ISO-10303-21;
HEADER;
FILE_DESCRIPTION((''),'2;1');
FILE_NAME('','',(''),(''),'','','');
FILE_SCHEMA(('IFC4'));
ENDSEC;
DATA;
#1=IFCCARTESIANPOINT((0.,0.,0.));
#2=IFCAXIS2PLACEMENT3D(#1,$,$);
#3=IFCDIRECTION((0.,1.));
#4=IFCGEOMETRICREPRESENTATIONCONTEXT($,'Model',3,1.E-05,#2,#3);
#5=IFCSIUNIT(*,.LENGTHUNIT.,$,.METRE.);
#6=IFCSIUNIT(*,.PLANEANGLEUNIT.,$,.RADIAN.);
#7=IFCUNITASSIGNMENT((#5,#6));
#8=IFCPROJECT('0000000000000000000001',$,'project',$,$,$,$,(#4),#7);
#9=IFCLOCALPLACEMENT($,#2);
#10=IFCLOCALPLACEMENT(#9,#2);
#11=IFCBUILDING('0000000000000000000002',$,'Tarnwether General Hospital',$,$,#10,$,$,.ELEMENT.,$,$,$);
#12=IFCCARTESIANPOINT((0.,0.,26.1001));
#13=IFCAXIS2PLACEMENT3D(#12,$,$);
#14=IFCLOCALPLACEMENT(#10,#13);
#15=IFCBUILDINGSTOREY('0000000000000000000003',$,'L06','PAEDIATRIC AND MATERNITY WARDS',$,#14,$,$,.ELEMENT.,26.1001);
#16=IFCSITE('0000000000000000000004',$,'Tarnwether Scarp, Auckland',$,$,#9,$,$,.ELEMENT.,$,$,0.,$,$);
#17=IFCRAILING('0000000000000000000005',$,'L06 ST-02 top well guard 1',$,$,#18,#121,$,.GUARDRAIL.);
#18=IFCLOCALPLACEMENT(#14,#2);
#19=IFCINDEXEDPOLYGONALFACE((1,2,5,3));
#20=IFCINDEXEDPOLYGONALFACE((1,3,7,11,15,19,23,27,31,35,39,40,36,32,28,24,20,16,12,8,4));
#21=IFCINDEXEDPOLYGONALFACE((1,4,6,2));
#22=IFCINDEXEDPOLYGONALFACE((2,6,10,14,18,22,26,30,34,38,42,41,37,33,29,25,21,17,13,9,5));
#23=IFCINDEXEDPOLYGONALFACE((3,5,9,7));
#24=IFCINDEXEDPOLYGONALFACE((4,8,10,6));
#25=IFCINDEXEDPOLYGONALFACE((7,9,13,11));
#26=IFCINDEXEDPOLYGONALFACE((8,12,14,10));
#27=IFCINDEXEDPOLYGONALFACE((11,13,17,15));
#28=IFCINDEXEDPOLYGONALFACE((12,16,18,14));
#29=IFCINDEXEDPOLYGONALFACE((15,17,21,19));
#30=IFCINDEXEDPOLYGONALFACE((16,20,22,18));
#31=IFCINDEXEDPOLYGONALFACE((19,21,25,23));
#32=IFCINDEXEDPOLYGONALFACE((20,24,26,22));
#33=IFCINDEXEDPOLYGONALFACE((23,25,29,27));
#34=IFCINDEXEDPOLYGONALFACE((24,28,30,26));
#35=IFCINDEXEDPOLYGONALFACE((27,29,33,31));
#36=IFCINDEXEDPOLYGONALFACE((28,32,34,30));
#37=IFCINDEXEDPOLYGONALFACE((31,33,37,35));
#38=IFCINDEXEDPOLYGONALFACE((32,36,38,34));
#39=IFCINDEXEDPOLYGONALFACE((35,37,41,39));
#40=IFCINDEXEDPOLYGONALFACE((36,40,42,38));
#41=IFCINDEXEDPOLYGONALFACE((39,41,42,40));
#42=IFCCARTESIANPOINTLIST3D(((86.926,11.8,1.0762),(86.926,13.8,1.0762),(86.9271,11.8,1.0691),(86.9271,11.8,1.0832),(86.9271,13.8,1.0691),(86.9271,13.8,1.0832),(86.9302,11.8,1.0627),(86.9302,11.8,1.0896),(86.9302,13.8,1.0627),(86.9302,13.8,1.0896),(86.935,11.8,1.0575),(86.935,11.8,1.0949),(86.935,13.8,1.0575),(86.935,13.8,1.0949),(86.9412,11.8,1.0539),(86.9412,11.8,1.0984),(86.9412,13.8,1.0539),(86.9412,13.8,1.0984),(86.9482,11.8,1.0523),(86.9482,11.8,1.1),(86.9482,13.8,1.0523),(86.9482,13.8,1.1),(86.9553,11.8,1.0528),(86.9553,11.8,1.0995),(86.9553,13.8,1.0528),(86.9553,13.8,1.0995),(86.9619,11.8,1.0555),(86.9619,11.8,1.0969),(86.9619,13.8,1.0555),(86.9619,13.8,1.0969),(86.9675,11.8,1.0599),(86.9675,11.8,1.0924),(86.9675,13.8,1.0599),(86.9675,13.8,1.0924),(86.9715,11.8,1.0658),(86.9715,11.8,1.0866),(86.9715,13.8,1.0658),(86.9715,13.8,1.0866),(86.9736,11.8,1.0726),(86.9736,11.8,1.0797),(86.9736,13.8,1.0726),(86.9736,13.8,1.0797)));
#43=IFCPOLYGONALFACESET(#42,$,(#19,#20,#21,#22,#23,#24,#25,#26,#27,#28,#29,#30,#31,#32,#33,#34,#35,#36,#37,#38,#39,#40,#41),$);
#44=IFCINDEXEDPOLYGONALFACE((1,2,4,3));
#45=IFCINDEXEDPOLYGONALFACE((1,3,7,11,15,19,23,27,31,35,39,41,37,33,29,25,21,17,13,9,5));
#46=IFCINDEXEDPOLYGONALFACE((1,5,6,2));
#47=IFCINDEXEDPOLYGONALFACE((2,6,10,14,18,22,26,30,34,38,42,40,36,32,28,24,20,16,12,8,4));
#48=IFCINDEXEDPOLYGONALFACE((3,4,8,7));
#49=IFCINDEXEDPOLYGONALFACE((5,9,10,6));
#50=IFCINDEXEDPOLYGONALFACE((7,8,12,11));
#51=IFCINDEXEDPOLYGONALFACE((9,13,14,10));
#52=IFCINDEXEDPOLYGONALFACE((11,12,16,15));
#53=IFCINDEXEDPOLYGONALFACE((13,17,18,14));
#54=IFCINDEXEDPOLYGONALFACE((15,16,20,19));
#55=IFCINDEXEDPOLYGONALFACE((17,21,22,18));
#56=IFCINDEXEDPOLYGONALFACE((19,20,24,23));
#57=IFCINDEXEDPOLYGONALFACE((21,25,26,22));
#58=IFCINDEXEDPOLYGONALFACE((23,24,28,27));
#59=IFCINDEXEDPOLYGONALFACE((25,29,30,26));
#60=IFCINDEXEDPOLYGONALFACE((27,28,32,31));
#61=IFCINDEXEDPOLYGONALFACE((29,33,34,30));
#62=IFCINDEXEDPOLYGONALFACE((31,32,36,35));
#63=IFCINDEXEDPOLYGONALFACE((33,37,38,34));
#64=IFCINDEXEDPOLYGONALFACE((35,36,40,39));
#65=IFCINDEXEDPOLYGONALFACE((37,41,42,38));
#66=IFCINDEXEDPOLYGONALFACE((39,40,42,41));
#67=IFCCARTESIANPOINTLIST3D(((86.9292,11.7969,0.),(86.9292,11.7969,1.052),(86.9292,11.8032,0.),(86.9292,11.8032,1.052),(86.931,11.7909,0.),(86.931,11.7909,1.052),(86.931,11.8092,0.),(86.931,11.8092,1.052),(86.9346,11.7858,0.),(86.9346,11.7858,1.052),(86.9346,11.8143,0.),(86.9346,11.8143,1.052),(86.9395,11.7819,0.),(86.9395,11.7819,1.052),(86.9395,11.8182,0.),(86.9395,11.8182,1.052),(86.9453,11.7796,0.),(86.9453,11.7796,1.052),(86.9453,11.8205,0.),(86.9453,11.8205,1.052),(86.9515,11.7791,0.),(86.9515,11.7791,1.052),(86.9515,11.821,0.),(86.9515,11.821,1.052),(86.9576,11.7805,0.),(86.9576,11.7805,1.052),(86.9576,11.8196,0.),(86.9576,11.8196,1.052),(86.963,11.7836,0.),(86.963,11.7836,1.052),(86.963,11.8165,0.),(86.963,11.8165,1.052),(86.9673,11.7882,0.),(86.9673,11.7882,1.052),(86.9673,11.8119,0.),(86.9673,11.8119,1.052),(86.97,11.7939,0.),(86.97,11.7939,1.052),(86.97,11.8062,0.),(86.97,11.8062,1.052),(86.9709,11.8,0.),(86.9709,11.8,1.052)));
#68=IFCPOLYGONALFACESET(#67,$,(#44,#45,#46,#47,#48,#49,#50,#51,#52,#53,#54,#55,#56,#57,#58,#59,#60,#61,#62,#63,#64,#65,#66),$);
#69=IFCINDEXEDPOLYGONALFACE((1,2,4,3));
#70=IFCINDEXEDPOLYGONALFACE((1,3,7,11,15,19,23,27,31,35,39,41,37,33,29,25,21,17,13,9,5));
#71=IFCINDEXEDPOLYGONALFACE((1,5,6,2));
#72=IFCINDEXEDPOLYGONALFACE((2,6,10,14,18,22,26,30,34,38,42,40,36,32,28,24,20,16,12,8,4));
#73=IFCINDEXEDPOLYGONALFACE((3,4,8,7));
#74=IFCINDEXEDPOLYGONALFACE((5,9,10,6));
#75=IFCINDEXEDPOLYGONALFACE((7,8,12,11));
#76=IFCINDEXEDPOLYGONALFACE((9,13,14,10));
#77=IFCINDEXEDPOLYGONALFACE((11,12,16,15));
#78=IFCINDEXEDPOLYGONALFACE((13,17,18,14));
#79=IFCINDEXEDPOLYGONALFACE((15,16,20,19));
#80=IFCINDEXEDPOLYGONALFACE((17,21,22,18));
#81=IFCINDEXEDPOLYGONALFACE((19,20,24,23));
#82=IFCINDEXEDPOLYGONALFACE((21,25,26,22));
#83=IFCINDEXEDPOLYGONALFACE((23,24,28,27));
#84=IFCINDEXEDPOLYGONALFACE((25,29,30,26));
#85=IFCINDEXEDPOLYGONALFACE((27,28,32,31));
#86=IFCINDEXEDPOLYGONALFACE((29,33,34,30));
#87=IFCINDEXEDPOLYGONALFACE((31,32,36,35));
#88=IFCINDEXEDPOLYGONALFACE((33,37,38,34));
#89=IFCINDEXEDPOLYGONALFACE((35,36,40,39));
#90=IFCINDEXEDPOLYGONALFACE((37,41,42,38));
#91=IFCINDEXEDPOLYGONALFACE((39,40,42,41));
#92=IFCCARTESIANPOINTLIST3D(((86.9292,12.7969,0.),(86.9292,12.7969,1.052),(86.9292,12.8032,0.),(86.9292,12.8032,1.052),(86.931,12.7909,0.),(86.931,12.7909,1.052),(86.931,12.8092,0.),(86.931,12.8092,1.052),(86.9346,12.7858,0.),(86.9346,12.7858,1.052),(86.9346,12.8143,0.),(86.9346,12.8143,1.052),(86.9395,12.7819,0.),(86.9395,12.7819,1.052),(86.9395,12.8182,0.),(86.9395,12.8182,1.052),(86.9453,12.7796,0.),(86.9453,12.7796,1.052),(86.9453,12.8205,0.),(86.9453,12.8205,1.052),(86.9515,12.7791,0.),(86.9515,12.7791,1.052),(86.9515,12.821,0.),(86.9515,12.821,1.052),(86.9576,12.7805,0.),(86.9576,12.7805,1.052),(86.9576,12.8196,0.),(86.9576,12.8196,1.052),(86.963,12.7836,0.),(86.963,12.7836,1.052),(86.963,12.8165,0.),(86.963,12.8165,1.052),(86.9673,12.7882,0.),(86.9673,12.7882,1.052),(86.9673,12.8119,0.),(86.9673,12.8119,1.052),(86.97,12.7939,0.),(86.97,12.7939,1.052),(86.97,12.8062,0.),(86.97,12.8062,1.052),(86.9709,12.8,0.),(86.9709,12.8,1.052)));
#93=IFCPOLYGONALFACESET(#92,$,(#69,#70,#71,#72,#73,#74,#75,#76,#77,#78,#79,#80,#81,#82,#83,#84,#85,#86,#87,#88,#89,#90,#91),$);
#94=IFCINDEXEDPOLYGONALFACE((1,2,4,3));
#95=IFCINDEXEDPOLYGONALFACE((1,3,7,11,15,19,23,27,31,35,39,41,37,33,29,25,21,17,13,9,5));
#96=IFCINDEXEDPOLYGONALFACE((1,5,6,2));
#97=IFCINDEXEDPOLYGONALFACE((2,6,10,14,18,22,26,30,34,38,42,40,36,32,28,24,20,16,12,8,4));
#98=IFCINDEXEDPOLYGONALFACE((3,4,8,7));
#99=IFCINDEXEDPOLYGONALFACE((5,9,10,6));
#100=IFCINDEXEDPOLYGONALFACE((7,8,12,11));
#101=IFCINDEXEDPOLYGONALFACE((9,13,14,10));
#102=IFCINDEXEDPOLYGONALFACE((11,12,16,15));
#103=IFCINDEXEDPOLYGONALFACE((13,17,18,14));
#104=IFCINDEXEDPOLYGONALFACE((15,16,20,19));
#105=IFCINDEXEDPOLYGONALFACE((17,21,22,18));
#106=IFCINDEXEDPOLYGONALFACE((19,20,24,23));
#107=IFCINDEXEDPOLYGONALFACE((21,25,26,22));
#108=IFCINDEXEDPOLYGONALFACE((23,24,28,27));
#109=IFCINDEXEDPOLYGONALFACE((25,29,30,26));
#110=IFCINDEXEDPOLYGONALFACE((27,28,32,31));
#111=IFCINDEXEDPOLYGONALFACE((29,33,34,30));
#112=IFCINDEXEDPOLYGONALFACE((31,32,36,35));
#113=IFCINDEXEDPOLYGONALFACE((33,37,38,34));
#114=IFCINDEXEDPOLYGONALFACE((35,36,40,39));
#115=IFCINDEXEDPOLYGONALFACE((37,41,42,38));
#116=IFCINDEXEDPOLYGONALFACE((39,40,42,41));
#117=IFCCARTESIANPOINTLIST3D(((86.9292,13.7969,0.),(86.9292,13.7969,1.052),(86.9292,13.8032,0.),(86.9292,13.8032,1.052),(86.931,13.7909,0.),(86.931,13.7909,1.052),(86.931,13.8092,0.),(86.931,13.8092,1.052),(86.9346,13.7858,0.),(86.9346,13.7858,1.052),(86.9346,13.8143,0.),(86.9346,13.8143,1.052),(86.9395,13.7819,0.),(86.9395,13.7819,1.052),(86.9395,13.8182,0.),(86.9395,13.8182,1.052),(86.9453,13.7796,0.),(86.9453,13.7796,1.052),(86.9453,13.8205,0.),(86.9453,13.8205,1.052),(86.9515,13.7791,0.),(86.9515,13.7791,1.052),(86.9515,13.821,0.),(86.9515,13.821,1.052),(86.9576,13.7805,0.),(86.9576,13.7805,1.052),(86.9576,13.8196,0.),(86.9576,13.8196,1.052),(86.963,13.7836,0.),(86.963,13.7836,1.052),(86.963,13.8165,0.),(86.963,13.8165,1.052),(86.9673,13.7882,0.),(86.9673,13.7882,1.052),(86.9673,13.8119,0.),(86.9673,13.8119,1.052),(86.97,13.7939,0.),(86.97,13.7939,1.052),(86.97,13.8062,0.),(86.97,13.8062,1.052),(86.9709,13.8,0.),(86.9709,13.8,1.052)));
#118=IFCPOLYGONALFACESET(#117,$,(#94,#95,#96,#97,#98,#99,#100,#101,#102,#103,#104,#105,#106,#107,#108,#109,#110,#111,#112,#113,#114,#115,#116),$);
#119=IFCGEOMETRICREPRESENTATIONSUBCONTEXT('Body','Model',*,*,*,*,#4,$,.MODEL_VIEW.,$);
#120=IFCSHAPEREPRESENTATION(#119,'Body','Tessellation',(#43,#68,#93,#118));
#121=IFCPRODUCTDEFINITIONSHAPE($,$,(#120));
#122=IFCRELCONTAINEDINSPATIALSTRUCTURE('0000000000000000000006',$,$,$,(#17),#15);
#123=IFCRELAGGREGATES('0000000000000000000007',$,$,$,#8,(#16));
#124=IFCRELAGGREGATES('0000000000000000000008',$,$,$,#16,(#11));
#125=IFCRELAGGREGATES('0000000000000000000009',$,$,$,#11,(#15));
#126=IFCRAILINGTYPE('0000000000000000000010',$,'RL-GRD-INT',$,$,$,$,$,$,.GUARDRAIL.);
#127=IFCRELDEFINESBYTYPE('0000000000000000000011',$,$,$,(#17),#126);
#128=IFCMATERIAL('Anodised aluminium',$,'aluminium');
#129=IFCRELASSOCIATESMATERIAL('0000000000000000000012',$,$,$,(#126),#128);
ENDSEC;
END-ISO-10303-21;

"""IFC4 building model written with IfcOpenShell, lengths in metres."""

from ifc_helpers import new_model, si_unit, direction, frame, origin, origin_2d, place, context, subcontext, project, spatial, circle, extrude, material, type_object, element, save


model = new_model("IFC4")

# Units and contexts
model_context = context("Model", 3, precision=1e-05, world=origin(), true_north=direction((0.0, 1.0)))
body_context = subcontext(model_context, "Body", "Model", "MODEL_VIEW")
ifc_project = project(units=[si_unit("LENGTHUNIT", "METRE"), si_unit("PLANEANGLEUNIT", "RADIAN")], contexts=[model_context])

# Site, building, storey
site_placement = place(None, origin())
site = spatial("IfcSite", under=ifc_project, at=site_placement, Name="Tarnwether Scarp, Auckland", CompositionType="ELEMENT", RefElevation=0.0)
building_placement = place(site_placement, origin())
building = spatial("IfcBuilding", under=site, at=building_placement, Name="Tarnwether General Hospital", CompositionType="ELEMENT")
storey_placement = place(building_placement, frame((0.0, 0.0, 26.1001)))
storey = spatial("IfcBuildingStorey", under=building, at=storey_placement, Name="L06", Description="PAEDIATRIC AND MATERNITY WARDS", CompositionType="ELEMENT", Elevation=26.1001)

# Railing
ifc_material_1 = material(Name="Anodised aluminium", Category="aluminium")
railing_type = type_object("IfcRailingType", Name="RL-GRD-INT", PredefinedType="GUARDRAIL", material=ifc_material_1)
railing_placement = place(storey_placement, frame((86.95, 11.8, 0.0)))
element("IfcRailing", 1, at=railing_placement, inside=storey, type_object=railing_type, Name="L06 ST-02 top well guard 1", PredefinedType="GUARDRAIL", context=body_context, shape_type="SweptSolid", body=[
    extrude(circle(Radius=0.0239, at=origin_2d()), frame((0.0, 0.0, 1.0762), z_axis=(0.0, 1.0, 0.0), x_axis=(-1.0, 0.0, 0.0)), (0.0, 0.0, 1.0), 2.0),
    extrude(circle(Radius=0.021, at=origin_2d()), origin(), (0.0, 0.0, 1.0), 1.052),
    extrude(circle(Radius=0.021, at=origin_2d()), frame((0.0, 1.0, 0.0)), (0.0, 0.0, 1.0), 1.052),
    extrude(circle(Radius=0.021, at=origin_2d()), frame((0.0, 2.0, 0.0)), (0.0, 0.0, 1.0), 1.052),
])

save(model, "model.ifc")
